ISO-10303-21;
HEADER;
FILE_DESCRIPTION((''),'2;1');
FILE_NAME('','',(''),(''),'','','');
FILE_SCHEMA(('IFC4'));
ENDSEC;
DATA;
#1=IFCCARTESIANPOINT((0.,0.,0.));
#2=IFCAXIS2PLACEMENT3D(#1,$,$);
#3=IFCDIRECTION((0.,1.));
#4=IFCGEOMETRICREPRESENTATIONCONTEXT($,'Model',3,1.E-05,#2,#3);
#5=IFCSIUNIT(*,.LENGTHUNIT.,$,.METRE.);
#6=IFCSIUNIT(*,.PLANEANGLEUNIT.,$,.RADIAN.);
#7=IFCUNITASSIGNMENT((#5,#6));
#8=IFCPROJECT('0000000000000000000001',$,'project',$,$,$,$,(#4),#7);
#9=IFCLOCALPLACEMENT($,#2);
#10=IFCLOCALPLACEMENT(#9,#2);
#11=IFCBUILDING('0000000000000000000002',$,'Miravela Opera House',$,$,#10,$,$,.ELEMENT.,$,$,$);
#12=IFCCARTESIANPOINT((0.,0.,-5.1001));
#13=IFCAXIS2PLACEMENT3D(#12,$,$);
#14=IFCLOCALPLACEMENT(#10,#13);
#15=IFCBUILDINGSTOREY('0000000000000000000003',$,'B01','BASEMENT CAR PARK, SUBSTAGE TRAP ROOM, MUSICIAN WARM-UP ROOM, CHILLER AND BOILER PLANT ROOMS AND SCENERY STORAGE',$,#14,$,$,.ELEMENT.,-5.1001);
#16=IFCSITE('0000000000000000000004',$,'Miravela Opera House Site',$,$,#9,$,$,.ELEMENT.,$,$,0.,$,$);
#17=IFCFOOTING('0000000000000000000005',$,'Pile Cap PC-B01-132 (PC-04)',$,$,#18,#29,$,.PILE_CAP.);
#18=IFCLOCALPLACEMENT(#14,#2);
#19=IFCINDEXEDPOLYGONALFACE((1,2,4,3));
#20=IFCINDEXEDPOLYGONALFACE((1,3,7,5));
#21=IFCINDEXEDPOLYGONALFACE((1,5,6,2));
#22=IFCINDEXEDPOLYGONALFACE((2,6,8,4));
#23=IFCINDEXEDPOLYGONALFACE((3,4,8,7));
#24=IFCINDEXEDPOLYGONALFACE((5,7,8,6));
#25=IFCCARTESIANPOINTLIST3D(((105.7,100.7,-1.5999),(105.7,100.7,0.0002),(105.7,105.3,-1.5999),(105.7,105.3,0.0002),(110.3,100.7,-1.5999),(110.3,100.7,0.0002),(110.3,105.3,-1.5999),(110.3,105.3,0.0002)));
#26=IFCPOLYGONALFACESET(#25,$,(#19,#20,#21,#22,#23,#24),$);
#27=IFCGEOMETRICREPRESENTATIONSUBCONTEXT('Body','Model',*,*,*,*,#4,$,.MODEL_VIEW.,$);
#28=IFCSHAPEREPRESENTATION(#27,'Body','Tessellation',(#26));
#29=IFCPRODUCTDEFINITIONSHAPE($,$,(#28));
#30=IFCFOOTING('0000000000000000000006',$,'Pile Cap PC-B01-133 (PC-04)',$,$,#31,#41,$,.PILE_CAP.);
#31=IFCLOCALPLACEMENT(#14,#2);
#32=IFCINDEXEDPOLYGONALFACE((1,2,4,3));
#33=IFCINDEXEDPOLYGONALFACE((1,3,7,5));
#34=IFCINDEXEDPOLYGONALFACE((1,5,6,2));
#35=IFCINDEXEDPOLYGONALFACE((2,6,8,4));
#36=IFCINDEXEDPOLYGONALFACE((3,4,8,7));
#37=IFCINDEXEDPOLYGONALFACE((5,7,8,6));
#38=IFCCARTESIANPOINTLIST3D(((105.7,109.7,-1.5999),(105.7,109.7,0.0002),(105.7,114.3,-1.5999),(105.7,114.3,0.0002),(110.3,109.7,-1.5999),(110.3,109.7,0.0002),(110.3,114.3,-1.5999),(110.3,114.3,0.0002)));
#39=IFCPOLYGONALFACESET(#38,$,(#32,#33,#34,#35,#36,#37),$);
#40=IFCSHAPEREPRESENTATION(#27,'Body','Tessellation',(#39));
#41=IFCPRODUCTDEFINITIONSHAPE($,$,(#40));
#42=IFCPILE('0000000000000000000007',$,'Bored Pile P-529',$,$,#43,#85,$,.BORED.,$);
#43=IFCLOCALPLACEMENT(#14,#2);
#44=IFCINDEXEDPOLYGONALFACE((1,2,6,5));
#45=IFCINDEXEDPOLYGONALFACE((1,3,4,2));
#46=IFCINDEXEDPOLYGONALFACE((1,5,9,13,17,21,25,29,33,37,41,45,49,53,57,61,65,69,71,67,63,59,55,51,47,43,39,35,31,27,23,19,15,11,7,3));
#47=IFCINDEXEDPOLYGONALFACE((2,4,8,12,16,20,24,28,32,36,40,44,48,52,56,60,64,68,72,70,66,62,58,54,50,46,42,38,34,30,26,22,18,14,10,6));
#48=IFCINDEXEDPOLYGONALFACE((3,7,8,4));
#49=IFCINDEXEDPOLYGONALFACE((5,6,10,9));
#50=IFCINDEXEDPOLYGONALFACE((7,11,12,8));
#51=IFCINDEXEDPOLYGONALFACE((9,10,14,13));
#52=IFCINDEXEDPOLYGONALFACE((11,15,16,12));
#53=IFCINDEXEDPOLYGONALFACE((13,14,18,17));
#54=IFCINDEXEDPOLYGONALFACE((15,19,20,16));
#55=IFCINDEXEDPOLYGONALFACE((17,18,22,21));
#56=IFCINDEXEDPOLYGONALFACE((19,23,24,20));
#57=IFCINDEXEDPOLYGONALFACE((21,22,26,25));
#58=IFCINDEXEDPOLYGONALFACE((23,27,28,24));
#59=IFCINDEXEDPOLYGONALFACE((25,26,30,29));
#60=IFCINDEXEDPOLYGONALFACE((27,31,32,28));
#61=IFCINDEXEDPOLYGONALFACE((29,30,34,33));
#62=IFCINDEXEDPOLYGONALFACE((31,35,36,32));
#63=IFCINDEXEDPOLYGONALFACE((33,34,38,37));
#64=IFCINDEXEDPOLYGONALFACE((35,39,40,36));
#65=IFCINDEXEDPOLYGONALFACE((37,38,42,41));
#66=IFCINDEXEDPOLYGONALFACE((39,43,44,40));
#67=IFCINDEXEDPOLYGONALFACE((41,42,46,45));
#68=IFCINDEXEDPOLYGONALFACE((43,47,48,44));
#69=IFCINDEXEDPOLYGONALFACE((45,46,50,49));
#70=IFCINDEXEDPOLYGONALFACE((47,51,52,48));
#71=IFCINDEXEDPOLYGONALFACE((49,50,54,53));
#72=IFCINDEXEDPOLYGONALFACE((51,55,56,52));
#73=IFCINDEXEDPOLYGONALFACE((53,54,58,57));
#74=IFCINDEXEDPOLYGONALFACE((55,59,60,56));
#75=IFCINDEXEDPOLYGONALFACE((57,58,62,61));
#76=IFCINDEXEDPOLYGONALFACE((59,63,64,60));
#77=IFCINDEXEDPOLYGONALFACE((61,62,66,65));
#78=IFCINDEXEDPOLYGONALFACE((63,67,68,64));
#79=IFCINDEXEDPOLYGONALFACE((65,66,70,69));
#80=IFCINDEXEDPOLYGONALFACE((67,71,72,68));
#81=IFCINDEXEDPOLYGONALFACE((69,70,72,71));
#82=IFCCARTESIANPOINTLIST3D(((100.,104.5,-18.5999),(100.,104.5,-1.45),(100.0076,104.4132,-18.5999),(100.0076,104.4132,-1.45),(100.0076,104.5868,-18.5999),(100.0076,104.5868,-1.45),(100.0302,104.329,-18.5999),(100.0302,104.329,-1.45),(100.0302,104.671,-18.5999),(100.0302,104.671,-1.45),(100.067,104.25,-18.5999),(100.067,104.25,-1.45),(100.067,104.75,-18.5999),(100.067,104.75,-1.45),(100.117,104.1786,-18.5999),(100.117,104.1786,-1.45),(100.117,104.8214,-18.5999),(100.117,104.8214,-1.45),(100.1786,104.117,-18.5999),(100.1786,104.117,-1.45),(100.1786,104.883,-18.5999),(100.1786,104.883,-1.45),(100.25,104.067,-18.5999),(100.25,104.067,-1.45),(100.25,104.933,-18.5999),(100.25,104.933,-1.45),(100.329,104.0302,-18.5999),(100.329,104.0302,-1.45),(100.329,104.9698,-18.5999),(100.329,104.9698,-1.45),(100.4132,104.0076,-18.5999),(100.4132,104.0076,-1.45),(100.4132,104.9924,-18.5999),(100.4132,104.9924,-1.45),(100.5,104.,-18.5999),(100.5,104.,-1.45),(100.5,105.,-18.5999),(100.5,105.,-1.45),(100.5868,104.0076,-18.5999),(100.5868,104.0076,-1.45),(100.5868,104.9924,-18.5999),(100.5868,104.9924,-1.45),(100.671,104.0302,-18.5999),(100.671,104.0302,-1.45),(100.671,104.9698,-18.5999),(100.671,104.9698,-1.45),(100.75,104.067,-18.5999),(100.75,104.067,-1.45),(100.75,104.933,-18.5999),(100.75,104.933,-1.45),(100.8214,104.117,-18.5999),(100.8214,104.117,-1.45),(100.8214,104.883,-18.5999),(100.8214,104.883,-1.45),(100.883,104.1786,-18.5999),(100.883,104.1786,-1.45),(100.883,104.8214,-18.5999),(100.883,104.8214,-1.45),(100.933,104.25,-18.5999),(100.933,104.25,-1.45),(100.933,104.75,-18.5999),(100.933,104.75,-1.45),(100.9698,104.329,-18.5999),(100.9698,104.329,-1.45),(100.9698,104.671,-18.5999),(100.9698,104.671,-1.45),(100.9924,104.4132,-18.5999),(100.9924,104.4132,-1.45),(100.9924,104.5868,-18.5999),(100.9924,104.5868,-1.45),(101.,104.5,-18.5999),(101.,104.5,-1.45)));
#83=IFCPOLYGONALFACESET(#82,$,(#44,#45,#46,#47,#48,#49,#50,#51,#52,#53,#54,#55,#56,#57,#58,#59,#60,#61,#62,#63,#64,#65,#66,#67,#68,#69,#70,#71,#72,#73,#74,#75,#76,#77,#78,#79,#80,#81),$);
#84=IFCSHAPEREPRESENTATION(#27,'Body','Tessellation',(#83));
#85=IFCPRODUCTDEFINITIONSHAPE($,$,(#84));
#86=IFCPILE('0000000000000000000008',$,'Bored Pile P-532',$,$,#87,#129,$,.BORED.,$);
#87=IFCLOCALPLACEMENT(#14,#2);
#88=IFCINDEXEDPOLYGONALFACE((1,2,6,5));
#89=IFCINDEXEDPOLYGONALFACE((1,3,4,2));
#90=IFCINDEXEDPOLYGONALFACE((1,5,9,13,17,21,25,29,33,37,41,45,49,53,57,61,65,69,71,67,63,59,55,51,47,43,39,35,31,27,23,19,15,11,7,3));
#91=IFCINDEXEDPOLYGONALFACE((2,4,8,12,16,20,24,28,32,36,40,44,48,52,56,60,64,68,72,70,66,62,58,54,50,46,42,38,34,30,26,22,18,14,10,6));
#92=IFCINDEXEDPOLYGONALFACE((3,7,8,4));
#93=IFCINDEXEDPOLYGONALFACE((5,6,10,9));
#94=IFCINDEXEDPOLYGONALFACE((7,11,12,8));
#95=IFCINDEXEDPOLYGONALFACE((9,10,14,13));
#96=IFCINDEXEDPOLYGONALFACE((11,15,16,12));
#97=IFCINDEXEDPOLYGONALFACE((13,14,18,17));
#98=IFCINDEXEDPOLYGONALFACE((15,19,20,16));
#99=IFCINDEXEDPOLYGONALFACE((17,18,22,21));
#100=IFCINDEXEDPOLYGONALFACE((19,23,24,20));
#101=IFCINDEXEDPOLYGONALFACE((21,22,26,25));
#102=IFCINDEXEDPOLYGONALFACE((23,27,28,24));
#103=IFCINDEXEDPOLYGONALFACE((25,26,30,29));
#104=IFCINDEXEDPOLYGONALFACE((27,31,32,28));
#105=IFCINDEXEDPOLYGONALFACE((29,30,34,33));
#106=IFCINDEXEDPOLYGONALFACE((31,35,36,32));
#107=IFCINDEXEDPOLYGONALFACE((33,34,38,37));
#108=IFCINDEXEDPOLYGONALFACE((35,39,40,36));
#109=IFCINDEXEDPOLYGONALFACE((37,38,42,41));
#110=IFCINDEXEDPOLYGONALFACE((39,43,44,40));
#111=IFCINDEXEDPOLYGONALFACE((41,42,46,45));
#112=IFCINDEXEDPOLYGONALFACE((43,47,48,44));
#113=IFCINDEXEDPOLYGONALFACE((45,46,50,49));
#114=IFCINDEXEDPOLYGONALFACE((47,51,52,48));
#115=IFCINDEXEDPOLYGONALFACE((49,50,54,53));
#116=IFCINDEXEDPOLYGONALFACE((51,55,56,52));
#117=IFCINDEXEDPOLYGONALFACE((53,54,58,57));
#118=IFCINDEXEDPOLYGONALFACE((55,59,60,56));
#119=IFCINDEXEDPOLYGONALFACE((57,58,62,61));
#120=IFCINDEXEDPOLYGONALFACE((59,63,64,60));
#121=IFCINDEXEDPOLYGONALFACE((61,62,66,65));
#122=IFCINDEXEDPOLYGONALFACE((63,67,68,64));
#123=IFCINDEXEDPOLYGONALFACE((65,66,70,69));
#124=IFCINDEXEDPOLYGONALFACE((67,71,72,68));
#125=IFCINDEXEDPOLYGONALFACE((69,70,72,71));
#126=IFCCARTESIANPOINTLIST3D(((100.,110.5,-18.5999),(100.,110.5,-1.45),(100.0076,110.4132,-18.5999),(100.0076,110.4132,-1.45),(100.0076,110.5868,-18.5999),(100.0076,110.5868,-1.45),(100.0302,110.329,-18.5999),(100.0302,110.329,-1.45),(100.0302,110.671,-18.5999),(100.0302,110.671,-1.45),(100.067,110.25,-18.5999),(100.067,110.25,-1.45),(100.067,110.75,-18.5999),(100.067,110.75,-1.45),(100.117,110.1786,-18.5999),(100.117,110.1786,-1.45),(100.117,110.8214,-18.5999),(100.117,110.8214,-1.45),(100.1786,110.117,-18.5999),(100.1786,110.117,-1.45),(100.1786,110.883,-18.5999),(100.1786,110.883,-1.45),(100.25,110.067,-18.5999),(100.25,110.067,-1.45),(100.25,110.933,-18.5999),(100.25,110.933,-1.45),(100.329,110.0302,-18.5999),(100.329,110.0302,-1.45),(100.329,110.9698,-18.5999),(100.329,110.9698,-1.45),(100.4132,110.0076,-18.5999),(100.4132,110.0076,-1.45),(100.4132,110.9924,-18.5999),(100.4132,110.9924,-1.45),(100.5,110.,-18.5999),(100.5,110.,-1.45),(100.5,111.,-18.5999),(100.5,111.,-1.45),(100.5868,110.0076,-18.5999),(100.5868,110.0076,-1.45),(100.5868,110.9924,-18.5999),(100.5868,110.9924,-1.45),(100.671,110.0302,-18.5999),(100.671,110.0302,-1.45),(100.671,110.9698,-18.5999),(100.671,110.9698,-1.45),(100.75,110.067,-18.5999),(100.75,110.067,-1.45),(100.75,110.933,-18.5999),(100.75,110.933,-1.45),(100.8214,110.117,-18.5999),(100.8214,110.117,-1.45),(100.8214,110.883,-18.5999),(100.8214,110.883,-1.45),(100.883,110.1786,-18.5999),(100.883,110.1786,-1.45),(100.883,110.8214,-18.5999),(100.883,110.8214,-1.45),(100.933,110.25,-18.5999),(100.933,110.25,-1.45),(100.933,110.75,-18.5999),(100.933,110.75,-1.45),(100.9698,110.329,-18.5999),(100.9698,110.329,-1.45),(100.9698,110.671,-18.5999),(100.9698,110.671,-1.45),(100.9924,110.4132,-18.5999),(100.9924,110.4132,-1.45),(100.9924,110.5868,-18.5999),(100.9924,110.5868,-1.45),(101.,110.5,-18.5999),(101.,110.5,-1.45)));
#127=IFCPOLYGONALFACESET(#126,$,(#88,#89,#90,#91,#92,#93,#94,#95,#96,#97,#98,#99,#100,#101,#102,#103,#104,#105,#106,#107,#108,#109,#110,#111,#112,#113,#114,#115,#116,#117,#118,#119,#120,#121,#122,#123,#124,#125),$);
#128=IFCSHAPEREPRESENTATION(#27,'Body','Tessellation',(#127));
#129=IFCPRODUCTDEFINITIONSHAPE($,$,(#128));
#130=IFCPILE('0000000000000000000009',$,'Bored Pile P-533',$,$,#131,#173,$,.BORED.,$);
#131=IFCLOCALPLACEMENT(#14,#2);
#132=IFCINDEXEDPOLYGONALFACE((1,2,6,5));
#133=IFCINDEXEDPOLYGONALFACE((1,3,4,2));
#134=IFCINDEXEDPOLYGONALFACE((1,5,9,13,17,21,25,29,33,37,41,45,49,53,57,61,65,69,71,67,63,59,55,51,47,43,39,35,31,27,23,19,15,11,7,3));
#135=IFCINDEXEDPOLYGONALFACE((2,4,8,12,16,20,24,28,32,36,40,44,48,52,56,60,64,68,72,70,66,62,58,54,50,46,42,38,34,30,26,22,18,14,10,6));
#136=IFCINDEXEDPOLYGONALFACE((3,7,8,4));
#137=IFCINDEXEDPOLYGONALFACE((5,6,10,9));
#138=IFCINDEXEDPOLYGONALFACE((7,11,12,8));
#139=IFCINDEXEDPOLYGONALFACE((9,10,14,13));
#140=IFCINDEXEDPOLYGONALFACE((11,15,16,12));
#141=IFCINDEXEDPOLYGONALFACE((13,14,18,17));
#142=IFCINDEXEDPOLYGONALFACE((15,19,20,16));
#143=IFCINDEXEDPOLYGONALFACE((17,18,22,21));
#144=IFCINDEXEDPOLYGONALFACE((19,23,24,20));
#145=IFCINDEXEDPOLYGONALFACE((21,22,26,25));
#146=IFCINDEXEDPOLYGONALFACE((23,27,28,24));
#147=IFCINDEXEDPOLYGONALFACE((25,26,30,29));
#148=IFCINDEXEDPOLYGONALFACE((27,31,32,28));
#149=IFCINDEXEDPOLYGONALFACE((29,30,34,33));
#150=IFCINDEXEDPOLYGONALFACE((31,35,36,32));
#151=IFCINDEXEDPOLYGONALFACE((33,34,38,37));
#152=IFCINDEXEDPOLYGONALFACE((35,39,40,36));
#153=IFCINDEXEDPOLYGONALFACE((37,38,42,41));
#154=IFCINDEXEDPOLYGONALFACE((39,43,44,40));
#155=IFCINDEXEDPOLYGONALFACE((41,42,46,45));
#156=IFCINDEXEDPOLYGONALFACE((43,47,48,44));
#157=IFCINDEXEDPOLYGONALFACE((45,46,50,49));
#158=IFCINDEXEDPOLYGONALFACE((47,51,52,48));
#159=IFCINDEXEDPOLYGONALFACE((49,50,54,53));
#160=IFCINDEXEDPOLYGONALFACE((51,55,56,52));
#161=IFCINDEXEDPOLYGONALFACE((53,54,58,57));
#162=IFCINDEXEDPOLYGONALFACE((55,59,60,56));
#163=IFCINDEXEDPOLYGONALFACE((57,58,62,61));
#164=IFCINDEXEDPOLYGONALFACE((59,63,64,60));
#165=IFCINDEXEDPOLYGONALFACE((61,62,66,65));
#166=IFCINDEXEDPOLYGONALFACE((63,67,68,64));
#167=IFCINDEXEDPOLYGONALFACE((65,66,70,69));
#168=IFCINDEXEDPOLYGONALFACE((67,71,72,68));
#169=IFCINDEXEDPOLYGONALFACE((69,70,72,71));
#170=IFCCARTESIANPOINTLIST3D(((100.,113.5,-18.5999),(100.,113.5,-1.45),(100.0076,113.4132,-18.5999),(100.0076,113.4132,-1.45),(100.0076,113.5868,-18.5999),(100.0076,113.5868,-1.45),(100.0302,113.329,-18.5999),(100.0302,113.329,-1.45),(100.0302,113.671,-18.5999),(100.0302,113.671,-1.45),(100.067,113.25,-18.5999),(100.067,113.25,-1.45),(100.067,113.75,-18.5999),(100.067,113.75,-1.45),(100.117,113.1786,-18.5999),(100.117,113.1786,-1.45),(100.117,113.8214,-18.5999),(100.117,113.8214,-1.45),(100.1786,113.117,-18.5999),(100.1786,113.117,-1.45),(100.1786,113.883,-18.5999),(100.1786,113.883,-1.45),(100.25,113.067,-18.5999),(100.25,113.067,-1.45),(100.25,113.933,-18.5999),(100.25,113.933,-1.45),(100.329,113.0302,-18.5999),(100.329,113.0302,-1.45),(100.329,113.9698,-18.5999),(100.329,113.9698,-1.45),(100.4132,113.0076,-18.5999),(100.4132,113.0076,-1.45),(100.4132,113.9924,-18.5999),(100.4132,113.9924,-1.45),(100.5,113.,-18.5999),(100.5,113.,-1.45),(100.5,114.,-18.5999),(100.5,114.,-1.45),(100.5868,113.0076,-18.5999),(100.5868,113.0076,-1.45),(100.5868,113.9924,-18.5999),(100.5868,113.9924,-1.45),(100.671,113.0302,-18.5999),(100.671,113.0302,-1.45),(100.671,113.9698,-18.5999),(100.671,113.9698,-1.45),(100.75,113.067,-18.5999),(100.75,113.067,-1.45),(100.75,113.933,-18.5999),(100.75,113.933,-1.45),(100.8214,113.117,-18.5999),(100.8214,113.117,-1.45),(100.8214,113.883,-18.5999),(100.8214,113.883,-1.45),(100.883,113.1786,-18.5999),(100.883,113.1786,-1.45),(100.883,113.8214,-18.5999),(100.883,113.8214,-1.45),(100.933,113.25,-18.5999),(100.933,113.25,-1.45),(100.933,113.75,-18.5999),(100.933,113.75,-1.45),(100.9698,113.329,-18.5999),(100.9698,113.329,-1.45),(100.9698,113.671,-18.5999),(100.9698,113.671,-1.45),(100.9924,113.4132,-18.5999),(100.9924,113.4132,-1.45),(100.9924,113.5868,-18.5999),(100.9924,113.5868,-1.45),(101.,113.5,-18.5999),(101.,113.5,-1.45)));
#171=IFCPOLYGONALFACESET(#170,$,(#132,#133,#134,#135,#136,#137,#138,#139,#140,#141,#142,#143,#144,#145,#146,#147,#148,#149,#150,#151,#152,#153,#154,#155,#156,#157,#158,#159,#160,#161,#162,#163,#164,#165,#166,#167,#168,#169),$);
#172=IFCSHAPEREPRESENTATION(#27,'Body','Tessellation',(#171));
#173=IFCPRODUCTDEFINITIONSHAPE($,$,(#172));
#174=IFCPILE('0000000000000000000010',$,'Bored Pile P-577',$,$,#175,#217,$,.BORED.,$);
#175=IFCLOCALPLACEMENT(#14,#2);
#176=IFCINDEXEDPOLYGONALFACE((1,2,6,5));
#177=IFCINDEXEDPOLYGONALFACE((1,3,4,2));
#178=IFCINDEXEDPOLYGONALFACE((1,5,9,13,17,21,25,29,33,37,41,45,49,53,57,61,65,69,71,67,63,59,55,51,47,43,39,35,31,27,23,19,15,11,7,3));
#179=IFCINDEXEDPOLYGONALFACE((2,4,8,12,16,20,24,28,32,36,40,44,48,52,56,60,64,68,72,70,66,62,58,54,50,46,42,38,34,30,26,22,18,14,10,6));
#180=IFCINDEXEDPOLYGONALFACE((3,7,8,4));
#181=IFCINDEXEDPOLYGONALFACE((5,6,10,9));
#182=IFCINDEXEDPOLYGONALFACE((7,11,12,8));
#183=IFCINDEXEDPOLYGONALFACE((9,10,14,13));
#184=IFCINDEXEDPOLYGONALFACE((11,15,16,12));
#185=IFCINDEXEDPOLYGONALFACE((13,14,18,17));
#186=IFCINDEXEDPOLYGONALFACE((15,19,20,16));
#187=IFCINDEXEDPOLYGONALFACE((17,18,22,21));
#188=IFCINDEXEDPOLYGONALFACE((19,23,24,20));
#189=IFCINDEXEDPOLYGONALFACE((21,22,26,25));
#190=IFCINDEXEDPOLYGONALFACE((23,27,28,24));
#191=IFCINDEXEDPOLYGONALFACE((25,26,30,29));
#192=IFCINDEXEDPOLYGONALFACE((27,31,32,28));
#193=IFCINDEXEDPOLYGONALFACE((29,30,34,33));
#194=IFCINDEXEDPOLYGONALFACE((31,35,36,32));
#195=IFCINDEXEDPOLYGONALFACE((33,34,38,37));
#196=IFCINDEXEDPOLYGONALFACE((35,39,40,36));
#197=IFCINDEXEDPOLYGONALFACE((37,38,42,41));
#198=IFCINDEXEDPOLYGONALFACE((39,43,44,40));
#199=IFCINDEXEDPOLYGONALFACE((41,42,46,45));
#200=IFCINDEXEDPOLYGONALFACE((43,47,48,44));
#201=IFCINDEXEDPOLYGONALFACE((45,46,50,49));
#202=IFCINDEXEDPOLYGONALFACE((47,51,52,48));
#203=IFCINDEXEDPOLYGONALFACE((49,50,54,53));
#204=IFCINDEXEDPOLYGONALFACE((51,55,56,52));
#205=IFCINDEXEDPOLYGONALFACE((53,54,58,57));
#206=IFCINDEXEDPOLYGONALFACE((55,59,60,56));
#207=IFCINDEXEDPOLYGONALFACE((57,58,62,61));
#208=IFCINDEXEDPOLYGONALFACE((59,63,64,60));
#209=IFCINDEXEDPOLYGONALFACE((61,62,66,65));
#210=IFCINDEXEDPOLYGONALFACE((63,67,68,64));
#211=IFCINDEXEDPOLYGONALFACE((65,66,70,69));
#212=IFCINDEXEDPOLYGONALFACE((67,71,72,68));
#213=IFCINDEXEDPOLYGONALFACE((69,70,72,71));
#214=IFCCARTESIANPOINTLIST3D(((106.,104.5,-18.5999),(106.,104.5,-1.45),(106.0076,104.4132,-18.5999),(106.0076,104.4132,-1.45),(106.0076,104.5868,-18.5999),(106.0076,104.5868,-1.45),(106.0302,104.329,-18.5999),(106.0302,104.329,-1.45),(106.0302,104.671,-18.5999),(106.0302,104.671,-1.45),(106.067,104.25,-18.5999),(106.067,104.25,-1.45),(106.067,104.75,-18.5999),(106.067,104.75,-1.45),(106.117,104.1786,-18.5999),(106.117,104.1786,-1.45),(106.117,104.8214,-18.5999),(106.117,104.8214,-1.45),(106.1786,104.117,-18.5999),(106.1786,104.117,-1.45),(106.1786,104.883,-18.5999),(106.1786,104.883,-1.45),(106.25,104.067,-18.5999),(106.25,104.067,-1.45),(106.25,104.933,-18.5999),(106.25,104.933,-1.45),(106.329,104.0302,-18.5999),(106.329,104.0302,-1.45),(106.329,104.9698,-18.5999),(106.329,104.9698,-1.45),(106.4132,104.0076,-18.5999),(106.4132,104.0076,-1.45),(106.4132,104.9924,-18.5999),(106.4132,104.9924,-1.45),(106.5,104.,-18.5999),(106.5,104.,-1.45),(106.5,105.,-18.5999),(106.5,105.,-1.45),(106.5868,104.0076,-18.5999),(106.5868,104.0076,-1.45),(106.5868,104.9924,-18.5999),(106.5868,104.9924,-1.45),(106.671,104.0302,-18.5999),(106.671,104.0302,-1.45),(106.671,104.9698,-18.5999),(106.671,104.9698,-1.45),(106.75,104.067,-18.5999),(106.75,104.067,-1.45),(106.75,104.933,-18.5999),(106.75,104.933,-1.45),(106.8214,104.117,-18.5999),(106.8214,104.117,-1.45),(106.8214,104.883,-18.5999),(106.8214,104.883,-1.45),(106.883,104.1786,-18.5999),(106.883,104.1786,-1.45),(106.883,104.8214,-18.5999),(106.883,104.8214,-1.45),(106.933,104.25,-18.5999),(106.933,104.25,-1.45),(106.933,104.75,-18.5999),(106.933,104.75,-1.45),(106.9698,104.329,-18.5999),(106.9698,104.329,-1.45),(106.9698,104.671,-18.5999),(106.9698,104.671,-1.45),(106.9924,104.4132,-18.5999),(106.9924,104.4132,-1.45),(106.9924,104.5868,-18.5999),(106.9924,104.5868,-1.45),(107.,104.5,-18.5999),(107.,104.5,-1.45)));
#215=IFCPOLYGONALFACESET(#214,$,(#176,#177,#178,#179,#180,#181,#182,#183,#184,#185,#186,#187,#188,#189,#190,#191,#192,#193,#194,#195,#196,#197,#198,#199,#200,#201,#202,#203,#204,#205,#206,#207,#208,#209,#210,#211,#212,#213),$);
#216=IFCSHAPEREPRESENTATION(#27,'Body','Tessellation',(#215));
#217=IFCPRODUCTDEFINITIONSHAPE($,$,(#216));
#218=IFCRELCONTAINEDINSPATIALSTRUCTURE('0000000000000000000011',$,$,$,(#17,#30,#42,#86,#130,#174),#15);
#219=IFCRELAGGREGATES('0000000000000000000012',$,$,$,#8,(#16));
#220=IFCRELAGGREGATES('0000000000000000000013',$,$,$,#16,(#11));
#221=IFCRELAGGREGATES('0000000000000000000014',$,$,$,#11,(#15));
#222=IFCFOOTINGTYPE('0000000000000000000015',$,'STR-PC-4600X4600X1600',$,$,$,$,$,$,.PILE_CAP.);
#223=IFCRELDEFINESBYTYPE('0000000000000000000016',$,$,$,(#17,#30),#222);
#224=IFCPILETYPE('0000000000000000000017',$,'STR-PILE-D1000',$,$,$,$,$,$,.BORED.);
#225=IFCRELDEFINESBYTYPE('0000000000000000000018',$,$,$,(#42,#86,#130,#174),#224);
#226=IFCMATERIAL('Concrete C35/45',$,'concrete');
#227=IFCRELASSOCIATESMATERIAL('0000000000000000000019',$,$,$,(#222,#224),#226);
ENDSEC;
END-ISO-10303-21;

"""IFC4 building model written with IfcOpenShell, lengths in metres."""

from ifc_helpers import new_model, si_unit, direction, frame, origin, origin_2d, place, context, subcontext, project, spatial, rectangle, circle, extrude, material, material_profile, profile_set, type_object, element, save


model = new_model("IFC4")

# Units and contexts
model_context = context("Model", 3, precision=1e-05, world=origin(), true_north=direction((0.0, 1.0)))
body_context = subcontext(model_context, "Body", "Model", "MODEL_VIEW")
ifc_project = project(units=[si_unit("LENGTHUNIT", "METRE"), si_unit("PLANEANGLEUNIT", "RADIAN")], contexts=[model_context])

# Site, building, storey
site_placement = place(None, origin())
site = spatial("IfcSite", under=ifc_project, at=site_placement, Name="Miravela Opera House Site", CompositionType="ELEMENT", RefElevation=0.0)
building_placement = place(site_placement, origin())
building = spatial("IfcBuilding", under=site, at=building_placement, Name="Miravela Opera House", CompositionType="ELEMENT")
storey_placement = place(building_placement, frame((0.0, 0.0, -5.1001)))
storey = spatial("IfcBuildingStorey", under=building, at=storey_placement, Name="B01", Description="BASEMENT CAR PARK, SUBSTAGE TRAP ROOM, MUSICIAN WARM-UP ROOM, CHILLER AND BOILER PLANT ROOMS AND SCENERY STORAGE", CompositionType="ELEMENT", Elevation=-5.1001)

# Footings
ifc_material_1 = material(Name="Concrete C35/45", Category="concrete")
footing_type = type_object("IfcFootingType", Name="STR-PC-4600X4600X1600", PredefinedType="PILE_CAP", material=ifc_material_1)
for number, where, z_axis, x_axis, name in (
    (1, (108.0, 103.0, -1.5999), (0.0, 0.0, 1.0), (1.0, 0.0, 0.0), "Pile Cap PC-B01-132 (PC-04)"),
    (2, (108.0, 112.0, -1.5999), (0.0, 0.0, 1.0), (1.0, 0.0, 0.0), "Pile Cap PC-B01-133 (PC-04)"),
):
    element("IfcFooting", number, at=place(storey_placement, frame(where, z_axis=z_axis, x_axis=x_axis)), inside=storey, type_object=footing_type, Name=name, PredefinedType="PILE_CAP", context=body_context, shape_type="SweptSolid", body=[
        extrude(rectangle(XDim=4.6001, YDim=4.6001, at=origin_2d()), origin(), (0.0, 0.0, 1.0), 1.6001),
    ])

# Piles
ifc_material_profile_1 = material_profile(ifc_material_1, circle(Radius=0.5, at=origin_2d()), Name="PILE-D1000")
ifc_profile_set_1 = profile_set([ifc_material_profile_1])
pile_type = type_object("IfcPileType", Name="STR-PILE-D1000", PredefinedType="BORED", material=ifc_profile_set_1)
for number, where, z_axis, x_axis, name in (
    (3, (100.5, 104.5, -1.45), (0.0, 0.0, -1.0), (1.0, 0.0, 0.0), "Bored Pile P-529"),
    (4, (100.5, 110.5, -1.45), (0.0, 0.0, -1.0), (1.0, 0.0, 0.0), "Bored Pile P-532"),
    (5, (100.5, 113.5, -1.45), (0.0, 0.0, -1.0), (1.0, 0.0, 0.0), "Bored Pile P-533"),
    (6, (106.5, 104.5, -1.45), (0.0, 0.0, -1.0), (1.0, 0.0, 0.0), "Bored Pile P-577"),
):
    element("IfcPile", number, at=place(storey_placement, frame(where, z_axis=z_axis, x_axis=x_axis)), inside=storey, type_object=pile_type, Name=name, PredefinedType="BORED", context=body_context, shape_type="SweptSolid", body=[
        extrude(circle(Radius=0.5, at=origin_2d()), origin(), (0.0, 0.0, 1.0), 17.1499),
    ])

save(model, "model.ifc")
